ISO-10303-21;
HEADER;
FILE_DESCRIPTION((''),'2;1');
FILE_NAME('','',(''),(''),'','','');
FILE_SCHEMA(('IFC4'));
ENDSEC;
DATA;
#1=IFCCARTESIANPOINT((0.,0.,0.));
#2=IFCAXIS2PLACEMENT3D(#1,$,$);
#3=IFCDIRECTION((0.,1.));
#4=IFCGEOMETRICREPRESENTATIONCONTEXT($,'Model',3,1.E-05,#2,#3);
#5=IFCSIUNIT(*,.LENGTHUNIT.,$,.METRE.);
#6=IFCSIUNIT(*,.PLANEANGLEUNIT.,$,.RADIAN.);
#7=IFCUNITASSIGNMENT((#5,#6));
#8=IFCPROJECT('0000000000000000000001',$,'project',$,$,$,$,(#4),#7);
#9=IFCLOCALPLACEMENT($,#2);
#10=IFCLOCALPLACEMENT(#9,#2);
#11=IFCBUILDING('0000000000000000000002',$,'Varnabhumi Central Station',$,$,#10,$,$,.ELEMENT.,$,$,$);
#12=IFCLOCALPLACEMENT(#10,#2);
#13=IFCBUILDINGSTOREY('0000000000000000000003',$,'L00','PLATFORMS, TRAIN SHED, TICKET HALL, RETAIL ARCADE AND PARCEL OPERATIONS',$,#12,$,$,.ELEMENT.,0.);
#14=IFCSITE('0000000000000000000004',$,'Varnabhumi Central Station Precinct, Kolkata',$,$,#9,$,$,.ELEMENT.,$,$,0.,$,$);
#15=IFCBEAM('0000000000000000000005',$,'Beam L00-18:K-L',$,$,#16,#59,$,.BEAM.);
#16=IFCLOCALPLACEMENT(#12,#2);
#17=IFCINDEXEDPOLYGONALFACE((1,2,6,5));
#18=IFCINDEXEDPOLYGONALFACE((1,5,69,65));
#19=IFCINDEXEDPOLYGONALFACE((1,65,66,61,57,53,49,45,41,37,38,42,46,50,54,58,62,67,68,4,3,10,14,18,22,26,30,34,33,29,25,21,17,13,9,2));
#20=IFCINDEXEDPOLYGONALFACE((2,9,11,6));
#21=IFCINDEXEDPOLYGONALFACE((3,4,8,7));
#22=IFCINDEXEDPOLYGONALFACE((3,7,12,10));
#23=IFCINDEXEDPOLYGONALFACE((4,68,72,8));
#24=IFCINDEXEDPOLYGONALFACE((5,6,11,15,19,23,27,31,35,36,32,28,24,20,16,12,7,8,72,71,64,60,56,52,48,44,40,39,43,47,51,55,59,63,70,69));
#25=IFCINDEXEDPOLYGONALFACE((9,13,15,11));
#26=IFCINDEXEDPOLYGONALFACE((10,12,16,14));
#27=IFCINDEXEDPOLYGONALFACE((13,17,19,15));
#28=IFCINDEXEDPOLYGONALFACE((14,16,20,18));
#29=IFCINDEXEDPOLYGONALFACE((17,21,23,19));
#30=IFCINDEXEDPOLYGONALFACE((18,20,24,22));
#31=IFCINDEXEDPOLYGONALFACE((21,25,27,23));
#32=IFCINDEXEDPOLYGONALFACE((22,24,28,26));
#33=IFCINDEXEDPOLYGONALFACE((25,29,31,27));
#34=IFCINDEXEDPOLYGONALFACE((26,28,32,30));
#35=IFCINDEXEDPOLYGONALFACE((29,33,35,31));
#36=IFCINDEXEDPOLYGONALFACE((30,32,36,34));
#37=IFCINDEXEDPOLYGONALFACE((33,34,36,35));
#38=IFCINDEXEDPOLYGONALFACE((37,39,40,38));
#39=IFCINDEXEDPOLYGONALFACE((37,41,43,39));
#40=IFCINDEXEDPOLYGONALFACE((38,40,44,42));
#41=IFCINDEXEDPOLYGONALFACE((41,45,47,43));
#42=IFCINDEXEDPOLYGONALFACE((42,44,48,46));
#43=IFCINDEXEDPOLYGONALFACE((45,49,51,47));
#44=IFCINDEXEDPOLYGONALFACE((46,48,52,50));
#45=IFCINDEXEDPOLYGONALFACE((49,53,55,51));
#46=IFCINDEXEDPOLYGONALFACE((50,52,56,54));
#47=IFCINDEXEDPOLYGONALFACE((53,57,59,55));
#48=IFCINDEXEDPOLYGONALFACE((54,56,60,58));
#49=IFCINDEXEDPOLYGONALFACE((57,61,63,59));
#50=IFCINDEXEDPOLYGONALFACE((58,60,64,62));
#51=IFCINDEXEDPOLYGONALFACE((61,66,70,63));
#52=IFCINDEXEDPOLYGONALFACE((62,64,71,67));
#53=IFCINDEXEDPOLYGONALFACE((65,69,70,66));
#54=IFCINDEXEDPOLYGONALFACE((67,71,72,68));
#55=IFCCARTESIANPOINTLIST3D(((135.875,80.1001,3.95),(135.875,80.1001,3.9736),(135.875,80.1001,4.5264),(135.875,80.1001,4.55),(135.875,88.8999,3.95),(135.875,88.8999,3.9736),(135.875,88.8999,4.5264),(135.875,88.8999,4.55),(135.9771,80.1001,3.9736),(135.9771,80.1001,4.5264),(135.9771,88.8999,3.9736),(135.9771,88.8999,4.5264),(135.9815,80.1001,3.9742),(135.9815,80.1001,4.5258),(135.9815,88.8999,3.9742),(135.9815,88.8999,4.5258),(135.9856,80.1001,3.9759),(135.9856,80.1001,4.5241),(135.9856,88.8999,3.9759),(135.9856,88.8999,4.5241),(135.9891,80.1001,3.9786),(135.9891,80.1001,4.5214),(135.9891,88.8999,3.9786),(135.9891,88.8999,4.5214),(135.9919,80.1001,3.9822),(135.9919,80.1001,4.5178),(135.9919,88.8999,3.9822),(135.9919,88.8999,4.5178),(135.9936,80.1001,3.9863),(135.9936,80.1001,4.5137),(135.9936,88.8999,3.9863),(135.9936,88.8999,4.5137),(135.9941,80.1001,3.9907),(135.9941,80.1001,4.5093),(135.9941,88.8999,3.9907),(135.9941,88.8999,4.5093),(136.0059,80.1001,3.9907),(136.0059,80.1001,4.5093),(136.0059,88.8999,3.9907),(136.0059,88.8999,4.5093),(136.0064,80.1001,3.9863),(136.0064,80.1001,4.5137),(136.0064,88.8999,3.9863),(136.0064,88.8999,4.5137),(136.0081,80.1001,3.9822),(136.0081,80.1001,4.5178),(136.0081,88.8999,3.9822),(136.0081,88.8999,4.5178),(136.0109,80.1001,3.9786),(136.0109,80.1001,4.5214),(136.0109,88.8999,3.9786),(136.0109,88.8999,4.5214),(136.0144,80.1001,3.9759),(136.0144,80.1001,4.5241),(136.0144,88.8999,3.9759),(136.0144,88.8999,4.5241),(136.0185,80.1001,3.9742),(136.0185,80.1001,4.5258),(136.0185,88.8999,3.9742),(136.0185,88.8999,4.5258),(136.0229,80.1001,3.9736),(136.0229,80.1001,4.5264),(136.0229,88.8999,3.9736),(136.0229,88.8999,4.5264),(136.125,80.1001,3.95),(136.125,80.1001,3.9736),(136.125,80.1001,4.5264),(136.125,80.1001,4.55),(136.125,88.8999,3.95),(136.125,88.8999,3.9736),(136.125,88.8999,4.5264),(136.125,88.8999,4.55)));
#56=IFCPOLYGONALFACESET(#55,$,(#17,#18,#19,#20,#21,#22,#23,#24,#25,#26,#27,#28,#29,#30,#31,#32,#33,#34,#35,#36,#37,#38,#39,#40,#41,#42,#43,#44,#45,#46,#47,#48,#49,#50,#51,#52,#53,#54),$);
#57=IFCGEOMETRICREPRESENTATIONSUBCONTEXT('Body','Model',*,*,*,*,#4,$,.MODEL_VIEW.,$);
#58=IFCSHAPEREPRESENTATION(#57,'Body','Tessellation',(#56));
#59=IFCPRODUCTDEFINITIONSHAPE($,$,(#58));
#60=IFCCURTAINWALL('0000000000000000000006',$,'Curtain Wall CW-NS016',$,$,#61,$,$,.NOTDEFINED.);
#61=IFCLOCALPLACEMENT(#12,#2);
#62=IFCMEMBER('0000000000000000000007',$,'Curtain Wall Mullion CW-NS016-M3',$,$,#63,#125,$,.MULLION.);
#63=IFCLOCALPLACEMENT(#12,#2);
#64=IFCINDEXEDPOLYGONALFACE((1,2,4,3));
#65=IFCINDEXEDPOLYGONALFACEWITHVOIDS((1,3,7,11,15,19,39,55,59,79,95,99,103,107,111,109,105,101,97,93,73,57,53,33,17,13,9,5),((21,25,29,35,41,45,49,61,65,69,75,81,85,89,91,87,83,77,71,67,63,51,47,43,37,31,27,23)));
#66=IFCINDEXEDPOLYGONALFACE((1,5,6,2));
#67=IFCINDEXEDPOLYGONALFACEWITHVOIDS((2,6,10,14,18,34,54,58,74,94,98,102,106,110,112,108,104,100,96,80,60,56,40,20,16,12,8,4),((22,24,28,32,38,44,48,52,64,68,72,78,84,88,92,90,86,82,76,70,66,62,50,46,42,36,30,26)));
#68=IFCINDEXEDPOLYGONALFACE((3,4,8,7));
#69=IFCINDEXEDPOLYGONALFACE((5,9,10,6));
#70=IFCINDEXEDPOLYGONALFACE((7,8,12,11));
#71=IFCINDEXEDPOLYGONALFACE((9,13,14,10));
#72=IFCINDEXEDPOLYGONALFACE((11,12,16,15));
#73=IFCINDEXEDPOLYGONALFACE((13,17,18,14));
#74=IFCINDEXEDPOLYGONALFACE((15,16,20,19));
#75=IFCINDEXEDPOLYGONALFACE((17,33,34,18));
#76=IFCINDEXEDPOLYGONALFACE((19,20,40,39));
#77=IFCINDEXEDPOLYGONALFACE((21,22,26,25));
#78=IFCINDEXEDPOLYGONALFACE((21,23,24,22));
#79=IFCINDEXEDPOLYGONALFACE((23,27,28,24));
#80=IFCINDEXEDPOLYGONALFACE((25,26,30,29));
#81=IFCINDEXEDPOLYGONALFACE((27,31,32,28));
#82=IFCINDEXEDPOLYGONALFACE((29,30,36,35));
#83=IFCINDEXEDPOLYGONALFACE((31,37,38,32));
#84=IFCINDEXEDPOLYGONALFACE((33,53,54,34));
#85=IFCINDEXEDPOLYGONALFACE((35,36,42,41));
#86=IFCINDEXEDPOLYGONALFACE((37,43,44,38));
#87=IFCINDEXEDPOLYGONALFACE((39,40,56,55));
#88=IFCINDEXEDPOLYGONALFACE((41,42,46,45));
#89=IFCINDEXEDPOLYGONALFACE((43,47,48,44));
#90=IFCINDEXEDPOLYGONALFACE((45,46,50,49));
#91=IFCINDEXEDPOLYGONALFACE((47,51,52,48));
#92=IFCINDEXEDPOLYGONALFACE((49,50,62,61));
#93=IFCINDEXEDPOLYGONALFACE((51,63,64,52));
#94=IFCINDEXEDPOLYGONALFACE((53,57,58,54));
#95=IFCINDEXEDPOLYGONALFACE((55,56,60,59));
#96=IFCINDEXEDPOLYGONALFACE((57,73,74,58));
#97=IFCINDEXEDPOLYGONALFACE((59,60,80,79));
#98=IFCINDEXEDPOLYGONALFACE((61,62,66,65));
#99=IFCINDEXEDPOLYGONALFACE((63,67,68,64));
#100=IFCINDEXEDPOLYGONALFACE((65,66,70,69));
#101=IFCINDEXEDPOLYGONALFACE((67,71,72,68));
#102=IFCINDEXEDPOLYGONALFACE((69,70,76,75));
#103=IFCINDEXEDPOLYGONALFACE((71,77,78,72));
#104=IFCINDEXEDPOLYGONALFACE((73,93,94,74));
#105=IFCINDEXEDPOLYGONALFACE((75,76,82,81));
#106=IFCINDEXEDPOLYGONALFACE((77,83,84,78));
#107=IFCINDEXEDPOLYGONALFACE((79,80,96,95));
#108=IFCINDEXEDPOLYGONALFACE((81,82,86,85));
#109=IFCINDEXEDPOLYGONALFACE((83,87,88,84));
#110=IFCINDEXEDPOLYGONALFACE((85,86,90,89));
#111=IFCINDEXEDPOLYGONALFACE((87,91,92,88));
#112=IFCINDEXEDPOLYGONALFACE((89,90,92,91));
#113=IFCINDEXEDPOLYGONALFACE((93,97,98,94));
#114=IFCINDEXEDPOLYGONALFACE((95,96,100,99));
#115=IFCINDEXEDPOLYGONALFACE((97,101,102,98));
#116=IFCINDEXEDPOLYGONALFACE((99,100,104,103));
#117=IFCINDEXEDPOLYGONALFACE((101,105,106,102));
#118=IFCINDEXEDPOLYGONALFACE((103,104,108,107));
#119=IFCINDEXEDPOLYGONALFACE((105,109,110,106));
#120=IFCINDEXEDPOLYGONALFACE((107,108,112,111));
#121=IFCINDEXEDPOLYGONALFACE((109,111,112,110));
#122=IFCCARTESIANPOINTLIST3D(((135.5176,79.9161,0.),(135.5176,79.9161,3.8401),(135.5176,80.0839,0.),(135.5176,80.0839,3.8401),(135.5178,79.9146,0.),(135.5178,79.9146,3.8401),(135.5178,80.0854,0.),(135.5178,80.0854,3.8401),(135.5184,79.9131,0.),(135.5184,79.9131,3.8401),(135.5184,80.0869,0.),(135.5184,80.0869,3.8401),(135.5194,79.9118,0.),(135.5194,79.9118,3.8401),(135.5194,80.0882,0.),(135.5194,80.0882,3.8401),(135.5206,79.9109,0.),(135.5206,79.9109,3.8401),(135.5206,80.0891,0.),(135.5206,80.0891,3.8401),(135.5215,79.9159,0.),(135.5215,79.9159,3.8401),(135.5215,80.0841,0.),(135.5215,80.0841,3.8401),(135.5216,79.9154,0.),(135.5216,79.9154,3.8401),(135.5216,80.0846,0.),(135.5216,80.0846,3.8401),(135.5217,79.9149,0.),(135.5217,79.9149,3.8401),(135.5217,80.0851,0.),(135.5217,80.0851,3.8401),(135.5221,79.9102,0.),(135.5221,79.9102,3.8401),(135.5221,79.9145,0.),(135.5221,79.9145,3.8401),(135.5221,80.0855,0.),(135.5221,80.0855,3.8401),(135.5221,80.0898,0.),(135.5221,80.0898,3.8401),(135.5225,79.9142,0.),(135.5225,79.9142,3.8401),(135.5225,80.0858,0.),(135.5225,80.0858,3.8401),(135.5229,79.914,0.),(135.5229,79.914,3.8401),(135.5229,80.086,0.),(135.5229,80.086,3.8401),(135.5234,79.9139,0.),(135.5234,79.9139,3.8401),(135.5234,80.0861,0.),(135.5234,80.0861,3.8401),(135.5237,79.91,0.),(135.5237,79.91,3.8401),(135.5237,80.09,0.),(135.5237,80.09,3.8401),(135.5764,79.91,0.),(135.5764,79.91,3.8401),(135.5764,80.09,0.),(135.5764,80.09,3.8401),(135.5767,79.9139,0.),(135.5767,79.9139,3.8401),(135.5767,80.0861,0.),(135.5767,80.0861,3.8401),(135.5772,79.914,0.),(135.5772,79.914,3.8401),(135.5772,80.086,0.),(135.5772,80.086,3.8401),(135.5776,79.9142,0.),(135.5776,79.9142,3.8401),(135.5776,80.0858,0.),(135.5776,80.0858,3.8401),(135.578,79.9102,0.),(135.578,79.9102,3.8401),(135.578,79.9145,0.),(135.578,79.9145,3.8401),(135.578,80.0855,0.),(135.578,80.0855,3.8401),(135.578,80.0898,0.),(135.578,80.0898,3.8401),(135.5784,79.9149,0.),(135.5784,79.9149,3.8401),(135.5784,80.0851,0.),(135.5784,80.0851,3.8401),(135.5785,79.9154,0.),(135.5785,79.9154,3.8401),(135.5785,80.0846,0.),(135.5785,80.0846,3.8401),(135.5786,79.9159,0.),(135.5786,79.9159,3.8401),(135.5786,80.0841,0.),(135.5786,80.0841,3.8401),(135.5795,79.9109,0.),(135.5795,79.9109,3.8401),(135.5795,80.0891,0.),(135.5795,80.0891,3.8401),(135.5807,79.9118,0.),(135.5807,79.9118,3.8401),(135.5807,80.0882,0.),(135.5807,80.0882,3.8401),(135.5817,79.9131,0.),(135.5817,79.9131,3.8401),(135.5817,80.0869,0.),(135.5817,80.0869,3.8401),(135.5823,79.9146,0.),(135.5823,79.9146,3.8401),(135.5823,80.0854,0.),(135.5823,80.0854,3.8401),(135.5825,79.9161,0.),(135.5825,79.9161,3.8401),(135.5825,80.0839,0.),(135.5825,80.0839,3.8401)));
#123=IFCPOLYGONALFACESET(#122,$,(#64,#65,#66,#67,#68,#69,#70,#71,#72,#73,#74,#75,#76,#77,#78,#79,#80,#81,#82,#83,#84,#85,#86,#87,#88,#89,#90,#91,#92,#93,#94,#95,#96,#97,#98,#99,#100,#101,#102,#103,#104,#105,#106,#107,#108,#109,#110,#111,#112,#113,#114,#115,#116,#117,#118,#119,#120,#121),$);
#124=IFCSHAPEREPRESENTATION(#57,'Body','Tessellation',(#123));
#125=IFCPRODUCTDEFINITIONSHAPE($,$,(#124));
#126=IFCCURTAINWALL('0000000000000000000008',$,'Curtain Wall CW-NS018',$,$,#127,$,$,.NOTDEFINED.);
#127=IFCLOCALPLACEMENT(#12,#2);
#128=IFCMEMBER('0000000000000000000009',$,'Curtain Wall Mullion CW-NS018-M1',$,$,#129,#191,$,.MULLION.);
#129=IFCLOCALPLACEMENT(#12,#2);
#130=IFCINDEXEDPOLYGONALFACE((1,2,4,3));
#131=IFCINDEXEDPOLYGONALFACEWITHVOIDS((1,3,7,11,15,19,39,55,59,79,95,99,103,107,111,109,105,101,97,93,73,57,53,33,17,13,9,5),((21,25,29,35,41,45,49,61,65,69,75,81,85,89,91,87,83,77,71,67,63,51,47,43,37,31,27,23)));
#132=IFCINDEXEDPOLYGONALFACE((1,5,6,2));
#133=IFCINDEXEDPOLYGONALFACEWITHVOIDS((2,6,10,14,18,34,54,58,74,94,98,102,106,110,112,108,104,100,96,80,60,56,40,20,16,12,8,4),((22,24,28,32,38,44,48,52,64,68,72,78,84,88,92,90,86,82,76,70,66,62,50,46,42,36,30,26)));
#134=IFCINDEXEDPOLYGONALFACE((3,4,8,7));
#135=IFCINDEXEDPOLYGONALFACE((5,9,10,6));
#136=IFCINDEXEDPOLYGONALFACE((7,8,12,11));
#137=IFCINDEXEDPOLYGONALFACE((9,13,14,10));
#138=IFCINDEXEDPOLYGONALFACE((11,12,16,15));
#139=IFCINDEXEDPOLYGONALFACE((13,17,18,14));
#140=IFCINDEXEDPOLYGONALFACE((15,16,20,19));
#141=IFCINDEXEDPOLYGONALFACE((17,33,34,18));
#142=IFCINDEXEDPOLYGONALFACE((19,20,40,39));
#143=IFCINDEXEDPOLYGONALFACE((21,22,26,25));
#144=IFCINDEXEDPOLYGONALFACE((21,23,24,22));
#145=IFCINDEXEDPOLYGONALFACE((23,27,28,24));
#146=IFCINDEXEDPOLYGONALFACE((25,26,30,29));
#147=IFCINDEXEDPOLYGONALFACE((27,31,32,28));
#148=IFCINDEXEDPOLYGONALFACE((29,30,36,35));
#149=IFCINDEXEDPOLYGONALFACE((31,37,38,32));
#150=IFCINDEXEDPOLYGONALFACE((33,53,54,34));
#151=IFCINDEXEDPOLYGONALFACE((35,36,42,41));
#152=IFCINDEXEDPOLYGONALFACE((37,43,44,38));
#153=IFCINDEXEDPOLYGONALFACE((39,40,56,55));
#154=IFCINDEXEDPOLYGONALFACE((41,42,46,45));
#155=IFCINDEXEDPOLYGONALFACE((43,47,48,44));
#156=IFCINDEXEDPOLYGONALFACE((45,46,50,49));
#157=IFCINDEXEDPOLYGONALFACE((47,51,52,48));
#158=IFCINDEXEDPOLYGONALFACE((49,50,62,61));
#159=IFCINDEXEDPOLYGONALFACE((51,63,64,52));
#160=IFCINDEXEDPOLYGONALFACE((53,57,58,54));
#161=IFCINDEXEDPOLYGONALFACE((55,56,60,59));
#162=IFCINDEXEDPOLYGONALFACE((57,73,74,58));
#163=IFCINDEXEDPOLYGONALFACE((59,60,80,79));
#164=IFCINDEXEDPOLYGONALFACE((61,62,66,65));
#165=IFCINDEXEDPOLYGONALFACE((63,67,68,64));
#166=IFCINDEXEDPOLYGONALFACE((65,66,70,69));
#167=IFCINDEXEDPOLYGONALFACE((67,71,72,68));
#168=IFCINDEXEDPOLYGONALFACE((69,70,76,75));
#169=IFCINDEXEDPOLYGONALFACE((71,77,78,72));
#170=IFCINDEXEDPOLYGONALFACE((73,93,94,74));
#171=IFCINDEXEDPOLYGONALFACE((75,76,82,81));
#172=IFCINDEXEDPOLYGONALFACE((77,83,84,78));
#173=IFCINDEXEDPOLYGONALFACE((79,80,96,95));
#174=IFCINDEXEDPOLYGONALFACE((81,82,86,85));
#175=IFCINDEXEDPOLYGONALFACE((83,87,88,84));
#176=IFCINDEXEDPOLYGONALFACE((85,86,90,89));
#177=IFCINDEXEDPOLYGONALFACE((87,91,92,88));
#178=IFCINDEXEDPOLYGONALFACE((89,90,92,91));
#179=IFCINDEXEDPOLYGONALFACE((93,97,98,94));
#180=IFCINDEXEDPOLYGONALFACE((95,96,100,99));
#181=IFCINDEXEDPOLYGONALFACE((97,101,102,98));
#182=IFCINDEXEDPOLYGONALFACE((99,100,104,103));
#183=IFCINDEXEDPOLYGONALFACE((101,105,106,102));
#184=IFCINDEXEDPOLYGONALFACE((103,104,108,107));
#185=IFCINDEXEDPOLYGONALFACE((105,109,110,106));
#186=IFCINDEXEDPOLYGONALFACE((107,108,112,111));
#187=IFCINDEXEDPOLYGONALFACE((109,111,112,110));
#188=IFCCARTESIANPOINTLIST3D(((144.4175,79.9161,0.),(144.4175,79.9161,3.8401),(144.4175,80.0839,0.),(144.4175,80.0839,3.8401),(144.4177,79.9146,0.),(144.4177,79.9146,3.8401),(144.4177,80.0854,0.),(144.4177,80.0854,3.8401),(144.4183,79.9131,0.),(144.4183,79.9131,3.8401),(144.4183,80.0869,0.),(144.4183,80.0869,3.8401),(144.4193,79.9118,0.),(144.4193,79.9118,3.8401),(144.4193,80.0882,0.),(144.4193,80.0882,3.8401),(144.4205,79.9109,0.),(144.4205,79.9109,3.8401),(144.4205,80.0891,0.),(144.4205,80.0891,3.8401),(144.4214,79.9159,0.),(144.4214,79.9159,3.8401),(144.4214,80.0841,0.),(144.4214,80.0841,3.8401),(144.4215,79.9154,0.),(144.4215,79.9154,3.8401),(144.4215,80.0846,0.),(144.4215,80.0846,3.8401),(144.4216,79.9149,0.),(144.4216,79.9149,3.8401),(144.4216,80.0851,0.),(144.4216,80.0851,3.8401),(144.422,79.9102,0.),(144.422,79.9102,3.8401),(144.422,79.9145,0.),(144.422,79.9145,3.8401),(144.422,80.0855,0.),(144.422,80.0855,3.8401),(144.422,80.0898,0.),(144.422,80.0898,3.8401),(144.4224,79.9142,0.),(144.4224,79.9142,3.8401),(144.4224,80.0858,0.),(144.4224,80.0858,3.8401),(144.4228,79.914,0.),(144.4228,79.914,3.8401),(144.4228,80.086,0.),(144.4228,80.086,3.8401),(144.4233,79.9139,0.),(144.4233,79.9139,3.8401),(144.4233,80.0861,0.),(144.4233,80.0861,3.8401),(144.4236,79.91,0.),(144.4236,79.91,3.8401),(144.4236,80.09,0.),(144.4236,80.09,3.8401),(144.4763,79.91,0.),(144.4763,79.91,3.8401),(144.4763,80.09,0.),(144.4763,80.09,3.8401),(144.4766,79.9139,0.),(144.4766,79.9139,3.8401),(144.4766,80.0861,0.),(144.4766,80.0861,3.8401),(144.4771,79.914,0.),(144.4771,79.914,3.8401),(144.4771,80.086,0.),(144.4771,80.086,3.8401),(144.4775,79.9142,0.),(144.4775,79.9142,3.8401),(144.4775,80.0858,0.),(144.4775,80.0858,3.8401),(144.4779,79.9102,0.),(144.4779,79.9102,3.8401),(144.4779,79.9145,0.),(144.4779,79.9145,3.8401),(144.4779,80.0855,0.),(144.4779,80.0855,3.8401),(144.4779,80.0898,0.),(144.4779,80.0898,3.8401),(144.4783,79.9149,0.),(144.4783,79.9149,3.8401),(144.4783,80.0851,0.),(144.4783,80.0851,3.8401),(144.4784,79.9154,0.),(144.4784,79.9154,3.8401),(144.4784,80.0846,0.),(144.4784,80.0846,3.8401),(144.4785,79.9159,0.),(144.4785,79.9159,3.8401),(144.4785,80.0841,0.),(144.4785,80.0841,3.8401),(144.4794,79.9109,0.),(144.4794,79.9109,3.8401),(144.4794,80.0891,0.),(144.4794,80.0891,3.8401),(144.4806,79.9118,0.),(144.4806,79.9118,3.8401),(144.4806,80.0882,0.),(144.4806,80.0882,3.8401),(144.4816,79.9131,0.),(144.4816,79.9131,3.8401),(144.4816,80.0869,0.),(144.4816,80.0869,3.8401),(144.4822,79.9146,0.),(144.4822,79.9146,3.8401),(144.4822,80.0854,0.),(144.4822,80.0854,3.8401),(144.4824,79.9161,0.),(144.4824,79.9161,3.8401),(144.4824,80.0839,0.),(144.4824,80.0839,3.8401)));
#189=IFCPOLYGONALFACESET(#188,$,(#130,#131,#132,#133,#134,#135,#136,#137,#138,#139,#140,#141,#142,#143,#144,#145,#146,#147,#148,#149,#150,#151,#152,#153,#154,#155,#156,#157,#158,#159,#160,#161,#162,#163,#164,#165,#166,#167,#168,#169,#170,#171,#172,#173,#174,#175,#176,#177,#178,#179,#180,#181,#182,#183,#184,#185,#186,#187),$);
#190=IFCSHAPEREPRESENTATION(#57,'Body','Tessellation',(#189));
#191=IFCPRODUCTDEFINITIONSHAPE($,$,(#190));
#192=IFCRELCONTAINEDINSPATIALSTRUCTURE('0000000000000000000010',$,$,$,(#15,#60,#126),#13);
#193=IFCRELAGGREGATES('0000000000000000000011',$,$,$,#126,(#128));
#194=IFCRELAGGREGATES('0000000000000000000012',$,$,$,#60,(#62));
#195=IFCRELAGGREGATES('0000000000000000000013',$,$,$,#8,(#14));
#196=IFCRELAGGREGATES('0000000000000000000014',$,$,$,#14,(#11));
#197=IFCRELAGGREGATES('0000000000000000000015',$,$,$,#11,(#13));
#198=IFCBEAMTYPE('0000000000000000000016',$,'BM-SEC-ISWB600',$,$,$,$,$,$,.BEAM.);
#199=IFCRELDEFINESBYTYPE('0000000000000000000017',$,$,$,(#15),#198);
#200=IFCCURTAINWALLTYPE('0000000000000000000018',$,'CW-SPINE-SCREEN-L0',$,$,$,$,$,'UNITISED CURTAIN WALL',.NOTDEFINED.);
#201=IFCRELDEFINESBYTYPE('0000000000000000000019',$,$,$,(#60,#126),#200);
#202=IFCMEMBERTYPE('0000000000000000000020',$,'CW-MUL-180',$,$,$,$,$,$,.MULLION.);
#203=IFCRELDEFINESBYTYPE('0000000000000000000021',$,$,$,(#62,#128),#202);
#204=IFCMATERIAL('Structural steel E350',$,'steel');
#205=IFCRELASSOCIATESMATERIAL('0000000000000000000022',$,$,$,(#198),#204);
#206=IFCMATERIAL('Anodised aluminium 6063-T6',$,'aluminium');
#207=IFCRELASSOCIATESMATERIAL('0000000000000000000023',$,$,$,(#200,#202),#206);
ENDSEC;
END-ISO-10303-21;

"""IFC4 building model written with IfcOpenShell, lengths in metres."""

from ifc_helpers import new_model, si_unit, direction, frame, origin, origin_2d, place, context, subcontext, project, spatial, hollow_rectangle, i_section, extrude, material, material_profile, profile_set, type_object, element, aggregate, save


model = new_model("IFC4")

# Units and contexts
model_context = context("Model", 3, precision=1e-05, world=origin(), true_north=direction((0.0, 1.0)))
body_context = subcontext(model_context, "Body", "Model", "MODEL_VIEW")
ifc_project = project(units=[si_unit("LENGTHUNIT", "METRE"), si_unit("PLANEANGLEUNIT", "RADIAN")], contexts=[model_context])

# Site, building, storey
site_placement = place(None, origin())
site = spatial("IfcSite", under=ifc_project, at=site_placement, Name="Varnabhumi Central Station Precinct, Kolkata", CompositionType="ELEMENT", RefElevation=0.0)
building_placement = place(site_placement, origin())
building = spatial("IfcBuilding", under=site, at=building_placement, Name="Varnabhumi Central Station", CompositionType="ELEMENT")
storey_placement = place(building_placement, origin())
storey = spatial("IfcBuildingStorey", under=building, at=storey_placement, Name="L00", Description="PLATFORMS, TRAIN SHED, TICKET HALL, RETAIL ARCADE AND PARCEL OPERATIONS", CompositionType="ELEMENT", Elevation=0.0)

# Shared definitions
ifc_material_1 = material(Name="Structural steel E350", Category="steel")

# Beam
ifc_material_profile_1 = material_profile(ifc_material_1, i_section(OverallWidth=0.25, OverallDepth=0.6001, WebThickness=0.0117, FlangeThickness=0.0237, FilletRadius=0.0171, at=origin_2d()), Name="Structural steel E350", Category="steel")
ifc_profile_set_1 = profile_set([ifc_material_profile_1], Name="Structural steel E350")
beam_type_1 = type_object("IfcBeamType", Name="BM-SEC-ISWB600", PredefinedType="BEAM", material=ifc_profile_set_1)
beam_1_placement = place(storey_placement, frame((136.0, 80.1001, 4.25), z_axis=(0.0, 1.0, 0.0), x_axis=(-1.0, 0.0, 0.0)))
element("IfcBeam", 1, at=beam_1_placement, inside=storey, type_object=beam_type_1, Name="Beam L00-18:K-L", PredefinedType="BEAM", context=body_context, shape_type="SweptSolid", body=[
    extrude(i_section(OverallWidth=0.25, OverallDepth=0.6001, WebThickness=0.0117, FlangeThickness=0.0237, FilletRadius=0.0171, at=origin_2d()), origin(), (0.0, 0.0, 1.0), 8.7998),
])

# Curtain wall, member
ifc_material_2 = material(Name="Anodised aluminium 6063-T6", Category="aluminium")
curtain_wall_type = type_object("IfcCurtainWallType", Name="CW-SPINE-SCREEN-L0", ElementType="UNITISED CURTAIN WALL", PredefinedType="NOTDEFINED", material=ifc_material_2)
curtain_wall_1_placement = place(storey_placement, origin())
curtain_wall_1 = element("IfcCurtainWall", 2, at=curtain_wall_1_placement, inside=storey, type_object=curtain_wall_type, Name="Curtain Wall CW-NS016", PredefinedType="NOTDEFINED")
ifc_material_profile_2 = material_profile(ifc_material_2, hollow_rectangle(XDim=0.0649, YDim=0.1799, WallThickness=0.0039, InnerFilletRadius=0.002, OuterFilletRadius=0.0061, at=origin_2d()), Name="Anodised aluminium 6063-T6", Category="aluminium")
ifc_profile_set_2 = profile_set([ifc_material_profile_2], Name="Anodised aluminium 6063-T6")
member_type_1 = type_object("IfcMemberType", Name="CW-MUL-180", PredefinedType="MULLION", material=ifc_profile_set_2)
member_1_placement = place(storey_placement, frame((135.55, 80.0, 0.0), z_axis=(0.0, 0.0, 1.0), x_axis=(1.0, 0.0, 0.0)))
member_1 = element("IfcMember", 3, at=member_1_placement, type_object=member_type_1, Name="Curtain Wall Mullion CW-NS016-M3", PredefinedType="MULLION", context=body_context, shape_type="SweptSolid", body=[
    extrude(hollow_rectangle(XDim=0.0649, YDim=0.1799, WallThickness=0.0039, InnerFilletRadius=0.002, OuterFilletRadius=0.0061, at=origin_2d()), origin(), (0.0, 0.0, 1.0), 3.8401),
])

# Curtain wall, member
curtain_wall_2_placement = place(storey_placement, origin())
curtain_wall_2 = element("IfcCurtainWall", 4, at=curtain_wall_2_placement, inside=storey, type_object=curtain_wall_type, Name="Curtain Wall CW-NS018", PredefinedType="NOTDEFINED")
member_2_placement = place(storey_placement, frame((144.45, 80.0, 0.0), z_axis=(0.0, 0.0, 1.0), x_axis=(1.0, 0.0, 0.0)))
member_2 = element("IfcMember", 5, at=member_2_placement, type_object=member_type_1, Name="Curtain Wall Mullion CW-NS018-M1", PredefinedType="MULLION", context=body_context, shape_type="SweptSolid", body=[
    extrude(hollow_rectangle(XDim=0.0649, YDim=0.1799, WallThickness=0.0039, InnerFilletRadius=0.002, OuterFilletRadius=0.0061, at=origin_2d()), origin(), (0.0, 0.0, 1.0), 3.8401),
])
aggregate(curtain_wall_2, [member_2])

aggregate(curtain_wall_1, [member_1])

save(model, "model.ifc")
